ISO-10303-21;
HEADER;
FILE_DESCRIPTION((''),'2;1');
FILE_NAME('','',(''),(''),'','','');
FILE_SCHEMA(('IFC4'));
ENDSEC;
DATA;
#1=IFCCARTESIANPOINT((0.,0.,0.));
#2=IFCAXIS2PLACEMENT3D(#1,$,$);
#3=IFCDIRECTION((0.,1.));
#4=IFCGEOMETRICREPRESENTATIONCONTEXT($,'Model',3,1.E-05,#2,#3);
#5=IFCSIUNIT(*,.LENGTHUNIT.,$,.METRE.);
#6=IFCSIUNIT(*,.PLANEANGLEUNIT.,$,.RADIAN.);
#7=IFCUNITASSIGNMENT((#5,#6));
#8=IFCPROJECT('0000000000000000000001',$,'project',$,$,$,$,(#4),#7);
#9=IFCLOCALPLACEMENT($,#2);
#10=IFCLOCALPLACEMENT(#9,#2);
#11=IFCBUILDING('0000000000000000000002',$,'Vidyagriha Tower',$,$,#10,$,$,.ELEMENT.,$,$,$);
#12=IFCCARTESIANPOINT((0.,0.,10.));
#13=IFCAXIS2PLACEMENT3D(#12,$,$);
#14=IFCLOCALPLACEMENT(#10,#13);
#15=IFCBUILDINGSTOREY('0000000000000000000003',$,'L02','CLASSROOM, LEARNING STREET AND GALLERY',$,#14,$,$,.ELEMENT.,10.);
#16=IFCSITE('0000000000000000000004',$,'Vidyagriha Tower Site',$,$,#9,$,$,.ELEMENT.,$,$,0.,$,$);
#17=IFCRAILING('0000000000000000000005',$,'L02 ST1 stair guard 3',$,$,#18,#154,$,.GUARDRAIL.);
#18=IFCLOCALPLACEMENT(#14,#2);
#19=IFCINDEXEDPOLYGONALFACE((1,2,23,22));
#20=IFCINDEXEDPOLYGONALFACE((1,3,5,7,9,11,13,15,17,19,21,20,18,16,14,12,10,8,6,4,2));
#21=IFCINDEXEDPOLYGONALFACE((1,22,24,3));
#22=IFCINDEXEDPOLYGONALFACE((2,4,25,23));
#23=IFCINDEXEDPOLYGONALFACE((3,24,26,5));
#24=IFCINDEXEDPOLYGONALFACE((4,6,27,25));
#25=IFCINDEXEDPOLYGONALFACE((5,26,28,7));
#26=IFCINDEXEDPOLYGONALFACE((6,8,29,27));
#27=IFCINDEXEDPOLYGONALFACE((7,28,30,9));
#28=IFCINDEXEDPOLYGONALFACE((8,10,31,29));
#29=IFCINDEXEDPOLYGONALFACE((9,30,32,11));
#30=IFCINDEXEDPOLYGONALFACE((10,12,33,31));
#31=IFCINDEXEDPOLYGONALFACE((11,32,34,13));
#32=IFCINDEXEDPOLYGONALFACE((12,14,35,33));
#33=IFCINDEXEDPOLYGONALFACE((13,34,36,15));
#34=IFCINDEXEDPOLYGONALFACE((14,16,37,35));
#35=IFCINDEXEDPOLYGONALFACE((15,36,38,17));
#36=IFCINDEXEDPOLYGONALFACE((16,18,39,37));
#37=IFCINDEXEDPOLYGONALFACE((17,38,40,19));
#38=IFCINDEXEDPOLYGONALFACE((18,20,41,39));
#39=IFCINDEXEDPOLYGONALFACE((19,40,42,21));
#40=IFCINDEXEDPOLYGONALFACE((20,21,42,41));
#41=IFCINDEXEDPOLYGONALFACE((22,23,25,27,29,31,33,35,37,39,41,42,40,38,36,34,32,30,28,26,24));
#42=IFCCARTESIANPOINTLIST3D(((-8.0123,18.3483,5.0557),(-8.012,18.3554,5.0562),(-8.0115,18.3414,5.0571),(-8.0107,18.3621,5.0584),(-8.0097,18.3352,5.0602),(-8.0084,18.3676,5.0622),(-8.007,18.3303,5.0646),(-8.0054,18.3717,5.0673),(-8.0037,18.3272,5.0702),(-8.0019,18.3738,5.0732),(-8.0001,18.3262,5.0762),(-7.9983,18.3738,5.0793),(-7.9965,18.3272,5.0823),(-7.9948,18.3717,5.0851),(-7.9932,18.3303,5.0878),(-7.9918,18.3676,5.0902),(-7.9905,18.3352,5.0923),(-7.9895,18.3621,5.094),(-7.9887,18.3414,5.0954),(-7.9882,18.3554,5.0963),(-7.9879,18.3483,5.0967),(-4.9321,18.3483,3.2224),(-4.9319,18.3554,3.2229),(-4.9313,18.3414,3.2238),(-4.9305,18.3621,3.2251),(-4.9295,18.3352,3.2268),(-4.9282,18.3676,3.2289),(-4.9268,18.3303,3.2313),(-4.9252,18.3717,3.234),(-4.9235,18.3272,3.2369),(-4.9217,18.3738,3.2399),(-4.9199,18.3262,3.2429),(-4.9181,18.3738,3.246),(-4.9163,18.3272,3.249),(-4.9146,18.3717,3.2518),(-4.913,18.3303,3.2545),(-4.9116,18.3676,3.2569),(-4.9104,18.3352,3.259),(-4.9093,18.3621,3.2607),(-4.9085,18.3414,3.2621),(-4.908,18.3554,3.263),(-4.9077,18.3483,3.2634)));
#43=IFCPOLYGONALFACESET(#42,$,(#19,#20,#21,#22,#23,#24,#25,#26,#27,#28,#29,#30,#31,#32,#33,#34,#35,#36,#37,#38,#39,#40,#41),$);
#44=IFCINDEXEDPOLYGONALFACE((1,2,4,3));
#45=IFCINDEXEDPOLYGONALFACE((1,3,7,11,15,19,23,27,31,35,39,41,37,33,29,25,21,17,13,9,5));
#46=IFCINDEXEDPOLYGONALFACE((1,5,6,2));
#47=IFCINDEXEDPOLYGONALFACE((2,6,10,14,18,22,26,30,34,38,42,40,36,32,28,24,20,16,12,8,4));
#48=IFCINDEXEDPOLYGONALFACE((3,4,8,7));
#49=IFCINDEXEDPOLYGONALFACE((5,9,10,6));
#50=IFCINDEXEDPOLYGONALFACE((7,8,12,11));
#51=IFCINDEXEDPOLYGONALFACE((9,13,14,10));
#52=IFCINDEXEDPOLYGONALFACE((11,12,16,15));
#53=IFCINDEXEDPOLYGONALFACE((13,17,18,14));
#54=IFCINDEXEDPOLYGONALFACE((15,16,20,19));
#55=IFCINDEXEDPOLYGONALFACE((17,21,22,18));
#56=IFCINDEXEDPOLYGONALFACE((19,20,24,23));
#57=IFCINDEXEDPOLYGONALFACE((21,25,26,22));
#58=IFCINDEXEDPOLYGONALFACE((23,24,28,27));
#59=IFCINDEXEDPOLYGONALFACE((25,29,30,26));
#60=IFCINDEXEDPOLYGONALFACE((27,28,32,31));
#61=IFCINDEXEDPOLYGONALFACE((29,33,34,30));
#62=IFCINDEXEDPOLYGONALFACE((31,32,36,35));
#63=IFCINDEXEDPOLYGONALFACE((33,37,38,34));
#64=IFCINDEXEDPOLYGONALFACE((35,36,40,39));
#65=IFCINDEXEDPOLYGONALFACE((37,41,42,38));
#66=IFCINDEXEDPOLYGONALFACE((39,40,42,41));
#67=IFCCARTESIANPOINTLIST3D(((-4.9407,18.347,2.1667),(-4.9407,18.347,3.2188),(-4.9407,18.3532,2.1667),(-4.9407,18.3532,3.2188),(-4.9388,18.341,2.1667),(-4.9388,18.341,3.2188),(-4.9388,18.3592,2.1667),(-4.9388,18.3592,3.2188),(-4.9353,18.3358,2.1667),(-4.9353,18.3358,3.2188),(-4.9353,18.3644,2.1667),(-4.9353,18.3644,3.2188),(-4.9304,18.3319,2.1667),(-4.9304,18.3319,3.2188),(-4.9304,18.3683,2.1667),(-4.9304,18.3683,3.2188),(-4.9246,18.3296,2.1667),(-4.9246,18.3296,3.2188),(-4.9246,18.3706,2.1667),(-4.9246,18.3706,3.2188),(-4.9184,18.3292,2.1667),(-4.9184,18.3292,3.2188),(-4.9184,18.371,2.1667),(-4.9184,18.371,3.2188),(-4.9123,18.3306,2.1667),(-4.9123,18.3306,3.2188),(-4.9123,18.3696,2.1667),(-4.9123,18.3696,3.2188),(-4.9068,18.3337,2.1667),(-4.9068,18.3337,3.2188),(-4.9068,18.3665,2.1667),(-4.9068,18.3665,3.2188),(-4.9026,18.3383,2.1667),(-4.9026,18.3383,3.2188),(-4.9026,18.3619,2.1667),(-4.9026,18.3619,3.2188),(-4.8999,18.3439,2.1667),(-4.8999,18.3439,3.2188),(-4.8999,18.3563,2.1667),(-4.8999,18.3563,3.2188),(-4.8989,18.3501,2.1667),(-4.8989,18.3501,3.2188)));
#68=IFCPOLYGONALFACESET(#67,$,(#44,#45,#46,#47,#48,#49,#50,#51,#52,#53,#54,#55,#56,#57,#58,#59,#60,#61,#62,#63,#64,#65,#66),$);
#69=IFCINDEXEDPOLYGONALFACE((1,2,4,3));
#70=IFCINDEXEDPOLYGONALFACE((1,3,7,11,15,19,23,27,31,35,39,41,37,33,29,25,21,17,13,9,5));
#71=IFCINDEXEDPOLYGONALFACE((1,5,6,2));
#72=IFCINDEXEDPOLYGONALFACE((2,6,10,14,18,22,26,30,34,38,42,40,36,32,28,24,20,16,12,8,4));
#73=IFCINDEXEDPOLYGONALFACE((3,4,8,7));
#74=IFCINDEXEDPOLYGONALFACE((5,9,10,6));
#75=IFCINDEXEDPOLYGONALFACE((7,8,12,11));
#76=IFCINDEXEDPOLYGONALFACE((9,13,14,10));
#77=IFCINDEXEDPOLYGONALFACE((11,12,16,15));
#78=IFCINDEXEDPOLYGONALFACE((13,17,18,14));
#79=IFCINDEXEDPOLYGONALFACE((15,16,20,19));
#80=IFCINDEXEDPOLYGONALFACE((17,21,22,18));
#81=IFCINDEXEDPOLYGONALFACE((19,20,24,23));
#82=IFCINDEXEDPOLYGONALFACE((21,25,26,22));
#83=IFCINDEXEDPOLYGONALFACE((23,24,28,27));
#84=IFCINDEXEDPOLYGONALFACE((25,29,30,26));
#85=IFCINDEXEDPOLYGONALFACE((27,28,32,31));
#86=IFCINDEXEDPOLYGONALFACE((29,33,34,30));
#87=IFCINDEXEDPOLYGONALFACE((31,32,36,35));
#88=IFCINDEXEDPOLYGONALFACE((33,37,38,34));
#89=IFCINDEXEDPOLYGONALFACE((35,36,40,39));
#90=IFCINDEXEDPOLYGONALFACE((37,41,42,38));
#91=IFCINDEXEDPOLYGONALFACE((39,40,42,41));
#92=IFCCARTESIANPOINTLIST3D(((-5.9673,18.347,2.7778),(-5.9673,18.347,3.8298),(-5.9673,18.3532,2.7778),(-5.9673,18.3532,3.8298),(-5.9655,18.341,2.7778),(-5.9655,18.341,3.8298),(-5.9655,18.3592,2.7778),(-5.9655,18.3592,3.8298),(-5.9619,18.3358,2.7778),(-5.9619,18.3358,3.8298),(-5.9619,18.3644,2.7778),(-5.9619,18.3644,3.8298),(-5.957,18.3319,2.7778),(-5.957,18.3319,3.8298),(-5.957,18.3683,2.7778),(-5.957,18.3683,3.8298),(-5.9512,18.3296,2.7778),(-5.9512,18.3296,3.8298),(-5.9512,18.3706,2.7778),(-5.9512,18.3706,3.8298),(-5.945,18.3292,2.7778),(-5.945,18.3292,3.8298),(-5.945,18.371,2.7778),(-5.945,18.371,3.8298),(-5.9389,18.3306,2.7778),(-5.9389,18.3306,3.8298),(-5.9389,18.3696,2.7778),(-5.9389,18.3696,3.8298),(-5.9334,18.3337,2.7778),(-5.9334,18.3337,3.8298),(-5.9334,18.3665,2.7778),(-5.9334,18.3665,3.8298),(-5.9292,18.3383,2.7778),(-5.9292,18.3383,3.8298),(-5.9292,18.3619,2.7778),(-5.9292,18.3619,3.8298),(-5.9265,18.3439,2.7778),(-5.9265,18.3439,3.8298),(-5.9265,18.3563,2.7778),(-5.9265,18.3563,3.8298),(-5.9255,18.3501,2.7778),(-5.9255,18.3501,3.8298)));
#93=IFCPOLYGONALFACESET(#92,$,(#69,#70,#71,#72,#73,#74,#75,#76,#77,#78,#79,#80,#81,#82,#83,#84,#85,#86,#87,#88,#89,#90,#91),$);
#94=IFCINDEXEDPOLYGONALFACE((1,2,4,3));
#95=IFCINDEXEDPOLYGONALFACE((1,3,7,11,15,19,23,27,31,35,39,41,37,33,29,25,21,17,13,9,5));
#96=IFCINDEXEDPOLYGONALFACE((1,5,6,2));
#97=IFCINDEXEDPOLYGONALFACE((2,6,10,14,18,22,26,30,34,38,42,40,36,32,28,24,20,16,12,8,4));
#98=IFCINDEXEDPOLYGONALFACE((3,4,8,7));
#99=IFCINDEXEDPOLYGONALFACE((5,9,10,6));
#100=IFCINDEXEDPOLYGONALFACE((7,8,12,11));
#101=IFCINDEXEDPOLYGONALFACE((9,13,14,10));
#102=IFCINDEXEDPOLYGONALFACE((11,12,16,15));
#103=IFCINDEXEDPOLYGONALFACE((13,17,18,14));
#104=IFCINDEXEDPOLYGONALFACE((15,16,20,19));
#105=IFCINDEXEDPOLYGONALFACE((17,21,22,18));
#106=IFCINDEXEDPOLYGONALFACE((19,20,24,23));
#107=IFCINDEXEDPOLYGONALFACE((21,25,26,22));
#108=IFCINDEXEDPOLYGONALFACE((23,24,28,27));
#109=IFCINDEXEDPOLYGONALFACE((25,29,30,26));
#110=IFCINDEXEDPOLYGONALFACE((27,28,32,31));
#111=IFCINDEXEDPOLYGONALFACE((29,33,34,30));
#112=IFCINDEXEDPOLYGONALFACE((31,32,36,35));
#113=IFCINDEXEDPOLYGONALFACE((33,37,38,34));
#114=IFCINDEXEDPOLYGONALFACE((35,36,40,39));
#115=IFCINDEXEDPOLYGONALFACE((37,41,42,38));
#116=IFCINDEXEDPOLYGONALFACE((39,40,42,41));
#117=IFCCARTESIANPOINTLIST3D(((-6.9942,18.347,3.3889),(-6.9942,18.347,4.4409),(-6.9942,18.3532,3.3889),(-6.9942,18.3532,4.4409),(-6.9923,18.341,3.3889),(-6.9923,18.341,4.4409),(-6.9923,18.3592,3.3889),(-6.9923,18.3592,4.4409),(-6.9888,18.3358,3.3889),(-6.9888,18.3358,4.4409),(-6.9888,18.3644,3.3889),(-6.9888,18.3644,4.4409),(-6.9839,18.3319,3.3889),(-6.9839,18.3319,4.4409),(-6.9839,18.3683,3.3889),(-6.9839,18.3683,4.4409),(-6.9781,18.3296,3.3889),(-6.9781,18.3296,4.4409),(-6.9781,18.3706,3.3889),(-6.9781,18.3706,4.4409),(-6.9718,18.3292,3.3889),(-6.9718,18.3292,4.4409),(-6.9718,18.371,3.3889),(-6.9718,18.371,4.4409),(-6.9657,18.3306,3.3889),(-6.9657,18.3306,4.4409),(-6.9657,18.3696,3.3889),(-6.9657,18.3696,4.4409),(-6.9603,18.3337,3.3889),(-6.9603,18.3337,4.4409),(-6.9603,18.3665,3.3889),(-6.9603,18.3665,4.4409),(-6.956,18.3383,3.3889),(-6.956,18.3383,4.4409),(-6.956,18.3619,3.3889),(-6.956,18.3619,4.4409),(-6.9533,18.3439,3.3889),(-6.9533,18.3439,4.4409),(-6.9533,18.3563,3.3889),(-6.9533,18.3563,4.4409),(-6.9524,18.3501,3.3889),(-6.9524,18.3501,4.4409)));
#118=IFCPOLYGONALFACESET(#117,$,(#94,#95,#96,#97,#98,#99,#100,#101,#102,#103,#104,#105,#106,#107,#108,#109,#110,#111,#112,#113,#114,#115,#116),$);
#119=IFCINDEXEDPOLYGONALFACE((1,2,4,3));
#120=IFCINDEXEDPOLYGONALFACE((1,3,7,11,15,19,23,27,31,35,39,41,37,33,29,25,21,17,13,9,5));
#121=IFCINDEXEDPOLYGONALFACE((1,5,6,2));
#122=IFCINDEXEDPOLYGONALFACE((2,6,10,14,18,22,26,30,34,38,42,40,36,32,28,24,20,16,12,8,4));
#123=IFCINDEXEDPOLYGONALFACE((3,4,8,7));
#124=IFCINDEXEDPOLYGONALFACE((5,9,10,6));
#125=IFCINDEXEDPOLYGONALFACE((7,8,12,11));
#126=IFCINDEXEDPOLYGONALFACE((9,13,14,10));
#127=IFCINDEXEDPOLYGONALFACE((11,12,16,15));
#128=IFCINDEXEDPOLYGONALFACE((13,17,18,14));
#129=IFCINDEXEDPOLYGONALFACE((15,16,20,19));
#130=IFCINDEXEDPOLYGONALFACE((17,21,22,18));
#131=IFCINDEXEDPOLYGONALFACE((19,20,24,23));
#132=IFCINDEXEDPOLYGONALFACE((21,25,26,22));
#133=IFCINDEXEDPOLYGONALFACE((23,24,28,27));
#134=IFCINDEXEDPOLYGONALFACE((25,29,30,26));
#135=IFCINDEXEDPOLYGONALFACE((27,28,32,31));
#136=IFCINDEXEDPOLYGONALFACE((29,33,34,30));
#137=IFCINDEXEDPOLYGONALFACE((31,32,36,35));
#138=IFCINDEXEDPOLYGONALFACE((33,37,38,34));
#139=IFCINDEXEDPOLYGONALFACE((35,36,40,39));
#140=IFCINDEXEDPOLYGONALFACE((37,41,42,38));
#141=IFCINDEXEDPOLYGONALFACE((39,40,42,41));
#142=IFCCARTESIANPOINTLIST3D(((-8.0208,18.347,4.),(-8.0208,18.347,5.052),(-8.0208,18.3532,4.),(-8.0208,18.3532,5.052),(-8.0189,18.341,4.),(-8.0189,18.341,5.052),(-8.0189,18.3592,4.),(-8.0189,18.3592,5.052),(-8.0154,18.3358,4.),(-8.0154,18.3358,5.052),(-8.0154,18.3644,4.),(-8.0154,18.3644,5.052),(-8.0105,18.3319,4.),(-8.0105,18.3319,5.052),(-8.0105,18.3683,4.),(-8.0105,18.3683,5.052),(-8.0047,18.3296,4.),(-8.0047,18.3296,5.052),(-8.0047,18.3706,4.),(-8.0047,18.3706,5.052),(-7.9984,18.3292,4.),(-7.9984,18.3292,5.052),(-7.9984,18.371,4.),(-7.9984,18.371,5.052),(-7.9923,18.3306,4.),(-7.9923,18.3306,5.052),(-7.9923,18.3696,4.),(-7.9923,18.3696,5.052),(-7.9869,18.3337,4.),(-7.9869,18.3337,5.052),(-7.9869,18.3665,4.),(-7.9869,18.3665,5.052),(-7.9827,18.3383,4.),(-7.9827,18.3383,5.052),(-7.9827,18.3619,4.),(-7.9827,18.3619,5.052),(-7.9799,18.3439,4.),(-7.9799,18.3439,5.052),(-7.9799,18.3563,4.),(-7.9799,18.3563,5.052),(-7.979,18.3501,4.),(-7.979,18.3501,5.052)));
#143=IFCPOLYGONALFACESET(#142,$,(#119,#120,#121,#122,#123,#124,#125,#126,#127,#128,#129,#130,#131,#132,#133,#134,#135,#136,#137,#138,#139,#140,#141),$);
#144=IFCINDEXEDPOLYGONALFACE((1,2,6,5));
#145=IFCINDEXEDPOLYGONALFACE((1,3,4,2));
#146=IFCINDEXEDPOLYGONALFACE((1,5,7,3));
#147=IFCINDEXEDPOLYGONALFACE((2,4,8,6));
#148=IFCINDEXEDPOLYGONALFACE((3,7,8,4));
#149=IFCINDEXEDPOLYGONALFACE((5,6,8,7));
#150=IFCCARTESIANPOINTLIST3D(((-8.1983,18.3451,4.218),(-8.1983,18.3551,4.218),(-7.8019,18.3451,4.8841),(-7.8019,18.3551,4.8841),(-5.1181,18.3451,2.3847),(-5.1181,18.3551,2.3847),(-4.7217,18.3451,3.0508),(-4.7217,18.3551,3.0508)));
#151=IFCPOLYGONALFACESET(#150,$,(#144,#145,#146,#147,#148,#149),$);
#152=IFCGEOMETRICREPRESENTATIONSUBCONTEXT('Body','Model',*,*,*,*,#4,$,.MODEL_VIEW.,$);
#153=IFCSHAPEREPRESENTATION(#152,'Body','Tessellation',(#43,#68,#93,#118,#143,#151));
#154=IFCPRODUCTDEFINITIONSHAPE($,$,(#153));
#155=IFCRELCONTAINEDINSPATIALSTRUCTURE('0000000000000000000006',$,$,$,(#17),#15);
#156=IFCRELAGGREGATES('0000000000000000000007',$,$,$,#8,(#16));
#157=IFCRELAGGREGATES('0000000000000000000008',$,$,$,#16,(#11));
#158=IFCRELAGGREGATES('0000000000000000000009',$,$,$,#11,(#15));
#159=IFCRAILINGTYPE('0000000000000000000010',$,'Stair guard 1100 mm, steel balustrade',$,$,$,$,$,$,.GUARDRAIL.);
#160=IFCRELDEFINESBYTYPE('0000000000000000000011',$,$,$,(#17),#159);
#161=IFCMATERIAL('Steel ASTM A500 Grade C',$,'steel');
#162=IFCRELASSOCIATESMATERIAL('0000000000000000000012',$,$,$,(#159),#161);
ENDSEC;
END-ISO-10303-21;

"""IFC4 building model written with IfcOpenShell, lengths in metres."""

from ifc_helpers import new_model, si_unit, direction, frame, origin, origin_2d, place, context, subcontext, project, spatial, rectangle, circle, extrude, material, type_object, element, save


model = new_model("IFC4")

# Units and contexts
model_context = context("Model", 3, precision=1e-05, world=origin(), true_north=direction((0.0, 1.0)))
body_context = subcontext(model_context, "Body", "Model", "MODEL_VIEW")
ifc_project = project(units=[si_unit("LENGTHUNIT", "METRE"), si_unit("PLANEANGLEUNIT", "RADIAN")], contexts=[model_context])

# Site, building, storey
site_placement = place(None, origin())
site = spatial("IfcSite", under=ifc_project, at=site_placement, Name="Vidyagriha Tower Site", CompositionType="ELEMENT", RefElevation=0.0)
building_placement = place(site_placement, origin())
building = spatial("IfcBuilding", under=site, at=building_placement, Name="Vidyagriha Tower", CompositionType="ELEMENT")
storey_placement = place(building_placement, frame((0.0, 0.0, 10.0)))
storey = spatial("IfcBuildingStorey", under=building, at=storey_placement, Name="L02", Description="CLASSROOM, LEARNING STREET AND GALLERY", CompositionType="ELEMENT", Elevation=10.0)

# Railing
ifc_material_1 = material(Name="Steel ASTM A500 Grade C", Category="steel")
railing_type_1 = type_object("IfcRailingType", Name="Stair guard 1100 mm, steel balustrade", PredefinedType="GUARDRAIL", material=ifc_material_1)
railing_1_placement = place(storey_placement, frame((-4.9199, 18.3501, 2.1667)))
element("IfcRailing", 1, at=railing_1_placement, inside=storey, type_object=railing_type_1, Name="L02 ST1 stair guard 3", PredefinedType="GUARDRAIL", context=body_context, shape_type="SweptSolid", body=[
    extrude(circle(Radius=0.0239, at=origin_2d()), frame((0.0, 0.0, 1.0762), z_axis=(-0.859309, 0.0, 0.511458), x_axis=(0.0, -1.0, 0.0)), (0.0, 0.0, 1.0), 3.5845),
    extrude(circle(Radius=0.021, at=origin_2d()), origin(), (0.0, 0.0, 1.0), 1.052),
    extrude(circle(Radius=0.021, at=origin_2d()), frame((-1.0266, 0.0, 0.6111)), (0.0, 0.0, 1.0), 1.052),
    extrude(circle(Radius=0.021, at=origin_2d()), frame((-2.0535, 0.0, 1.2222)), (0.0, 0.0, 1.0), 1.052),
    extrude(circle(Radius=0.021, at=origin_2d()), frame((-3.0801, 0.0, 1.8333)), (0.0, 0.0, 1.0), 1.052),
    extrude(rectangle(XDim=0.01, YDim=0.7751, at=origin_2d()), frame((0.0, 0.0, 0.551), z_axis=(-0.859309, 0.0, 0.511458), x_axis=(0.0, -1.0, 0.0)), (0.0, 0.0, 1.0), 3.5845),
])

save(model, "model.ifc")
